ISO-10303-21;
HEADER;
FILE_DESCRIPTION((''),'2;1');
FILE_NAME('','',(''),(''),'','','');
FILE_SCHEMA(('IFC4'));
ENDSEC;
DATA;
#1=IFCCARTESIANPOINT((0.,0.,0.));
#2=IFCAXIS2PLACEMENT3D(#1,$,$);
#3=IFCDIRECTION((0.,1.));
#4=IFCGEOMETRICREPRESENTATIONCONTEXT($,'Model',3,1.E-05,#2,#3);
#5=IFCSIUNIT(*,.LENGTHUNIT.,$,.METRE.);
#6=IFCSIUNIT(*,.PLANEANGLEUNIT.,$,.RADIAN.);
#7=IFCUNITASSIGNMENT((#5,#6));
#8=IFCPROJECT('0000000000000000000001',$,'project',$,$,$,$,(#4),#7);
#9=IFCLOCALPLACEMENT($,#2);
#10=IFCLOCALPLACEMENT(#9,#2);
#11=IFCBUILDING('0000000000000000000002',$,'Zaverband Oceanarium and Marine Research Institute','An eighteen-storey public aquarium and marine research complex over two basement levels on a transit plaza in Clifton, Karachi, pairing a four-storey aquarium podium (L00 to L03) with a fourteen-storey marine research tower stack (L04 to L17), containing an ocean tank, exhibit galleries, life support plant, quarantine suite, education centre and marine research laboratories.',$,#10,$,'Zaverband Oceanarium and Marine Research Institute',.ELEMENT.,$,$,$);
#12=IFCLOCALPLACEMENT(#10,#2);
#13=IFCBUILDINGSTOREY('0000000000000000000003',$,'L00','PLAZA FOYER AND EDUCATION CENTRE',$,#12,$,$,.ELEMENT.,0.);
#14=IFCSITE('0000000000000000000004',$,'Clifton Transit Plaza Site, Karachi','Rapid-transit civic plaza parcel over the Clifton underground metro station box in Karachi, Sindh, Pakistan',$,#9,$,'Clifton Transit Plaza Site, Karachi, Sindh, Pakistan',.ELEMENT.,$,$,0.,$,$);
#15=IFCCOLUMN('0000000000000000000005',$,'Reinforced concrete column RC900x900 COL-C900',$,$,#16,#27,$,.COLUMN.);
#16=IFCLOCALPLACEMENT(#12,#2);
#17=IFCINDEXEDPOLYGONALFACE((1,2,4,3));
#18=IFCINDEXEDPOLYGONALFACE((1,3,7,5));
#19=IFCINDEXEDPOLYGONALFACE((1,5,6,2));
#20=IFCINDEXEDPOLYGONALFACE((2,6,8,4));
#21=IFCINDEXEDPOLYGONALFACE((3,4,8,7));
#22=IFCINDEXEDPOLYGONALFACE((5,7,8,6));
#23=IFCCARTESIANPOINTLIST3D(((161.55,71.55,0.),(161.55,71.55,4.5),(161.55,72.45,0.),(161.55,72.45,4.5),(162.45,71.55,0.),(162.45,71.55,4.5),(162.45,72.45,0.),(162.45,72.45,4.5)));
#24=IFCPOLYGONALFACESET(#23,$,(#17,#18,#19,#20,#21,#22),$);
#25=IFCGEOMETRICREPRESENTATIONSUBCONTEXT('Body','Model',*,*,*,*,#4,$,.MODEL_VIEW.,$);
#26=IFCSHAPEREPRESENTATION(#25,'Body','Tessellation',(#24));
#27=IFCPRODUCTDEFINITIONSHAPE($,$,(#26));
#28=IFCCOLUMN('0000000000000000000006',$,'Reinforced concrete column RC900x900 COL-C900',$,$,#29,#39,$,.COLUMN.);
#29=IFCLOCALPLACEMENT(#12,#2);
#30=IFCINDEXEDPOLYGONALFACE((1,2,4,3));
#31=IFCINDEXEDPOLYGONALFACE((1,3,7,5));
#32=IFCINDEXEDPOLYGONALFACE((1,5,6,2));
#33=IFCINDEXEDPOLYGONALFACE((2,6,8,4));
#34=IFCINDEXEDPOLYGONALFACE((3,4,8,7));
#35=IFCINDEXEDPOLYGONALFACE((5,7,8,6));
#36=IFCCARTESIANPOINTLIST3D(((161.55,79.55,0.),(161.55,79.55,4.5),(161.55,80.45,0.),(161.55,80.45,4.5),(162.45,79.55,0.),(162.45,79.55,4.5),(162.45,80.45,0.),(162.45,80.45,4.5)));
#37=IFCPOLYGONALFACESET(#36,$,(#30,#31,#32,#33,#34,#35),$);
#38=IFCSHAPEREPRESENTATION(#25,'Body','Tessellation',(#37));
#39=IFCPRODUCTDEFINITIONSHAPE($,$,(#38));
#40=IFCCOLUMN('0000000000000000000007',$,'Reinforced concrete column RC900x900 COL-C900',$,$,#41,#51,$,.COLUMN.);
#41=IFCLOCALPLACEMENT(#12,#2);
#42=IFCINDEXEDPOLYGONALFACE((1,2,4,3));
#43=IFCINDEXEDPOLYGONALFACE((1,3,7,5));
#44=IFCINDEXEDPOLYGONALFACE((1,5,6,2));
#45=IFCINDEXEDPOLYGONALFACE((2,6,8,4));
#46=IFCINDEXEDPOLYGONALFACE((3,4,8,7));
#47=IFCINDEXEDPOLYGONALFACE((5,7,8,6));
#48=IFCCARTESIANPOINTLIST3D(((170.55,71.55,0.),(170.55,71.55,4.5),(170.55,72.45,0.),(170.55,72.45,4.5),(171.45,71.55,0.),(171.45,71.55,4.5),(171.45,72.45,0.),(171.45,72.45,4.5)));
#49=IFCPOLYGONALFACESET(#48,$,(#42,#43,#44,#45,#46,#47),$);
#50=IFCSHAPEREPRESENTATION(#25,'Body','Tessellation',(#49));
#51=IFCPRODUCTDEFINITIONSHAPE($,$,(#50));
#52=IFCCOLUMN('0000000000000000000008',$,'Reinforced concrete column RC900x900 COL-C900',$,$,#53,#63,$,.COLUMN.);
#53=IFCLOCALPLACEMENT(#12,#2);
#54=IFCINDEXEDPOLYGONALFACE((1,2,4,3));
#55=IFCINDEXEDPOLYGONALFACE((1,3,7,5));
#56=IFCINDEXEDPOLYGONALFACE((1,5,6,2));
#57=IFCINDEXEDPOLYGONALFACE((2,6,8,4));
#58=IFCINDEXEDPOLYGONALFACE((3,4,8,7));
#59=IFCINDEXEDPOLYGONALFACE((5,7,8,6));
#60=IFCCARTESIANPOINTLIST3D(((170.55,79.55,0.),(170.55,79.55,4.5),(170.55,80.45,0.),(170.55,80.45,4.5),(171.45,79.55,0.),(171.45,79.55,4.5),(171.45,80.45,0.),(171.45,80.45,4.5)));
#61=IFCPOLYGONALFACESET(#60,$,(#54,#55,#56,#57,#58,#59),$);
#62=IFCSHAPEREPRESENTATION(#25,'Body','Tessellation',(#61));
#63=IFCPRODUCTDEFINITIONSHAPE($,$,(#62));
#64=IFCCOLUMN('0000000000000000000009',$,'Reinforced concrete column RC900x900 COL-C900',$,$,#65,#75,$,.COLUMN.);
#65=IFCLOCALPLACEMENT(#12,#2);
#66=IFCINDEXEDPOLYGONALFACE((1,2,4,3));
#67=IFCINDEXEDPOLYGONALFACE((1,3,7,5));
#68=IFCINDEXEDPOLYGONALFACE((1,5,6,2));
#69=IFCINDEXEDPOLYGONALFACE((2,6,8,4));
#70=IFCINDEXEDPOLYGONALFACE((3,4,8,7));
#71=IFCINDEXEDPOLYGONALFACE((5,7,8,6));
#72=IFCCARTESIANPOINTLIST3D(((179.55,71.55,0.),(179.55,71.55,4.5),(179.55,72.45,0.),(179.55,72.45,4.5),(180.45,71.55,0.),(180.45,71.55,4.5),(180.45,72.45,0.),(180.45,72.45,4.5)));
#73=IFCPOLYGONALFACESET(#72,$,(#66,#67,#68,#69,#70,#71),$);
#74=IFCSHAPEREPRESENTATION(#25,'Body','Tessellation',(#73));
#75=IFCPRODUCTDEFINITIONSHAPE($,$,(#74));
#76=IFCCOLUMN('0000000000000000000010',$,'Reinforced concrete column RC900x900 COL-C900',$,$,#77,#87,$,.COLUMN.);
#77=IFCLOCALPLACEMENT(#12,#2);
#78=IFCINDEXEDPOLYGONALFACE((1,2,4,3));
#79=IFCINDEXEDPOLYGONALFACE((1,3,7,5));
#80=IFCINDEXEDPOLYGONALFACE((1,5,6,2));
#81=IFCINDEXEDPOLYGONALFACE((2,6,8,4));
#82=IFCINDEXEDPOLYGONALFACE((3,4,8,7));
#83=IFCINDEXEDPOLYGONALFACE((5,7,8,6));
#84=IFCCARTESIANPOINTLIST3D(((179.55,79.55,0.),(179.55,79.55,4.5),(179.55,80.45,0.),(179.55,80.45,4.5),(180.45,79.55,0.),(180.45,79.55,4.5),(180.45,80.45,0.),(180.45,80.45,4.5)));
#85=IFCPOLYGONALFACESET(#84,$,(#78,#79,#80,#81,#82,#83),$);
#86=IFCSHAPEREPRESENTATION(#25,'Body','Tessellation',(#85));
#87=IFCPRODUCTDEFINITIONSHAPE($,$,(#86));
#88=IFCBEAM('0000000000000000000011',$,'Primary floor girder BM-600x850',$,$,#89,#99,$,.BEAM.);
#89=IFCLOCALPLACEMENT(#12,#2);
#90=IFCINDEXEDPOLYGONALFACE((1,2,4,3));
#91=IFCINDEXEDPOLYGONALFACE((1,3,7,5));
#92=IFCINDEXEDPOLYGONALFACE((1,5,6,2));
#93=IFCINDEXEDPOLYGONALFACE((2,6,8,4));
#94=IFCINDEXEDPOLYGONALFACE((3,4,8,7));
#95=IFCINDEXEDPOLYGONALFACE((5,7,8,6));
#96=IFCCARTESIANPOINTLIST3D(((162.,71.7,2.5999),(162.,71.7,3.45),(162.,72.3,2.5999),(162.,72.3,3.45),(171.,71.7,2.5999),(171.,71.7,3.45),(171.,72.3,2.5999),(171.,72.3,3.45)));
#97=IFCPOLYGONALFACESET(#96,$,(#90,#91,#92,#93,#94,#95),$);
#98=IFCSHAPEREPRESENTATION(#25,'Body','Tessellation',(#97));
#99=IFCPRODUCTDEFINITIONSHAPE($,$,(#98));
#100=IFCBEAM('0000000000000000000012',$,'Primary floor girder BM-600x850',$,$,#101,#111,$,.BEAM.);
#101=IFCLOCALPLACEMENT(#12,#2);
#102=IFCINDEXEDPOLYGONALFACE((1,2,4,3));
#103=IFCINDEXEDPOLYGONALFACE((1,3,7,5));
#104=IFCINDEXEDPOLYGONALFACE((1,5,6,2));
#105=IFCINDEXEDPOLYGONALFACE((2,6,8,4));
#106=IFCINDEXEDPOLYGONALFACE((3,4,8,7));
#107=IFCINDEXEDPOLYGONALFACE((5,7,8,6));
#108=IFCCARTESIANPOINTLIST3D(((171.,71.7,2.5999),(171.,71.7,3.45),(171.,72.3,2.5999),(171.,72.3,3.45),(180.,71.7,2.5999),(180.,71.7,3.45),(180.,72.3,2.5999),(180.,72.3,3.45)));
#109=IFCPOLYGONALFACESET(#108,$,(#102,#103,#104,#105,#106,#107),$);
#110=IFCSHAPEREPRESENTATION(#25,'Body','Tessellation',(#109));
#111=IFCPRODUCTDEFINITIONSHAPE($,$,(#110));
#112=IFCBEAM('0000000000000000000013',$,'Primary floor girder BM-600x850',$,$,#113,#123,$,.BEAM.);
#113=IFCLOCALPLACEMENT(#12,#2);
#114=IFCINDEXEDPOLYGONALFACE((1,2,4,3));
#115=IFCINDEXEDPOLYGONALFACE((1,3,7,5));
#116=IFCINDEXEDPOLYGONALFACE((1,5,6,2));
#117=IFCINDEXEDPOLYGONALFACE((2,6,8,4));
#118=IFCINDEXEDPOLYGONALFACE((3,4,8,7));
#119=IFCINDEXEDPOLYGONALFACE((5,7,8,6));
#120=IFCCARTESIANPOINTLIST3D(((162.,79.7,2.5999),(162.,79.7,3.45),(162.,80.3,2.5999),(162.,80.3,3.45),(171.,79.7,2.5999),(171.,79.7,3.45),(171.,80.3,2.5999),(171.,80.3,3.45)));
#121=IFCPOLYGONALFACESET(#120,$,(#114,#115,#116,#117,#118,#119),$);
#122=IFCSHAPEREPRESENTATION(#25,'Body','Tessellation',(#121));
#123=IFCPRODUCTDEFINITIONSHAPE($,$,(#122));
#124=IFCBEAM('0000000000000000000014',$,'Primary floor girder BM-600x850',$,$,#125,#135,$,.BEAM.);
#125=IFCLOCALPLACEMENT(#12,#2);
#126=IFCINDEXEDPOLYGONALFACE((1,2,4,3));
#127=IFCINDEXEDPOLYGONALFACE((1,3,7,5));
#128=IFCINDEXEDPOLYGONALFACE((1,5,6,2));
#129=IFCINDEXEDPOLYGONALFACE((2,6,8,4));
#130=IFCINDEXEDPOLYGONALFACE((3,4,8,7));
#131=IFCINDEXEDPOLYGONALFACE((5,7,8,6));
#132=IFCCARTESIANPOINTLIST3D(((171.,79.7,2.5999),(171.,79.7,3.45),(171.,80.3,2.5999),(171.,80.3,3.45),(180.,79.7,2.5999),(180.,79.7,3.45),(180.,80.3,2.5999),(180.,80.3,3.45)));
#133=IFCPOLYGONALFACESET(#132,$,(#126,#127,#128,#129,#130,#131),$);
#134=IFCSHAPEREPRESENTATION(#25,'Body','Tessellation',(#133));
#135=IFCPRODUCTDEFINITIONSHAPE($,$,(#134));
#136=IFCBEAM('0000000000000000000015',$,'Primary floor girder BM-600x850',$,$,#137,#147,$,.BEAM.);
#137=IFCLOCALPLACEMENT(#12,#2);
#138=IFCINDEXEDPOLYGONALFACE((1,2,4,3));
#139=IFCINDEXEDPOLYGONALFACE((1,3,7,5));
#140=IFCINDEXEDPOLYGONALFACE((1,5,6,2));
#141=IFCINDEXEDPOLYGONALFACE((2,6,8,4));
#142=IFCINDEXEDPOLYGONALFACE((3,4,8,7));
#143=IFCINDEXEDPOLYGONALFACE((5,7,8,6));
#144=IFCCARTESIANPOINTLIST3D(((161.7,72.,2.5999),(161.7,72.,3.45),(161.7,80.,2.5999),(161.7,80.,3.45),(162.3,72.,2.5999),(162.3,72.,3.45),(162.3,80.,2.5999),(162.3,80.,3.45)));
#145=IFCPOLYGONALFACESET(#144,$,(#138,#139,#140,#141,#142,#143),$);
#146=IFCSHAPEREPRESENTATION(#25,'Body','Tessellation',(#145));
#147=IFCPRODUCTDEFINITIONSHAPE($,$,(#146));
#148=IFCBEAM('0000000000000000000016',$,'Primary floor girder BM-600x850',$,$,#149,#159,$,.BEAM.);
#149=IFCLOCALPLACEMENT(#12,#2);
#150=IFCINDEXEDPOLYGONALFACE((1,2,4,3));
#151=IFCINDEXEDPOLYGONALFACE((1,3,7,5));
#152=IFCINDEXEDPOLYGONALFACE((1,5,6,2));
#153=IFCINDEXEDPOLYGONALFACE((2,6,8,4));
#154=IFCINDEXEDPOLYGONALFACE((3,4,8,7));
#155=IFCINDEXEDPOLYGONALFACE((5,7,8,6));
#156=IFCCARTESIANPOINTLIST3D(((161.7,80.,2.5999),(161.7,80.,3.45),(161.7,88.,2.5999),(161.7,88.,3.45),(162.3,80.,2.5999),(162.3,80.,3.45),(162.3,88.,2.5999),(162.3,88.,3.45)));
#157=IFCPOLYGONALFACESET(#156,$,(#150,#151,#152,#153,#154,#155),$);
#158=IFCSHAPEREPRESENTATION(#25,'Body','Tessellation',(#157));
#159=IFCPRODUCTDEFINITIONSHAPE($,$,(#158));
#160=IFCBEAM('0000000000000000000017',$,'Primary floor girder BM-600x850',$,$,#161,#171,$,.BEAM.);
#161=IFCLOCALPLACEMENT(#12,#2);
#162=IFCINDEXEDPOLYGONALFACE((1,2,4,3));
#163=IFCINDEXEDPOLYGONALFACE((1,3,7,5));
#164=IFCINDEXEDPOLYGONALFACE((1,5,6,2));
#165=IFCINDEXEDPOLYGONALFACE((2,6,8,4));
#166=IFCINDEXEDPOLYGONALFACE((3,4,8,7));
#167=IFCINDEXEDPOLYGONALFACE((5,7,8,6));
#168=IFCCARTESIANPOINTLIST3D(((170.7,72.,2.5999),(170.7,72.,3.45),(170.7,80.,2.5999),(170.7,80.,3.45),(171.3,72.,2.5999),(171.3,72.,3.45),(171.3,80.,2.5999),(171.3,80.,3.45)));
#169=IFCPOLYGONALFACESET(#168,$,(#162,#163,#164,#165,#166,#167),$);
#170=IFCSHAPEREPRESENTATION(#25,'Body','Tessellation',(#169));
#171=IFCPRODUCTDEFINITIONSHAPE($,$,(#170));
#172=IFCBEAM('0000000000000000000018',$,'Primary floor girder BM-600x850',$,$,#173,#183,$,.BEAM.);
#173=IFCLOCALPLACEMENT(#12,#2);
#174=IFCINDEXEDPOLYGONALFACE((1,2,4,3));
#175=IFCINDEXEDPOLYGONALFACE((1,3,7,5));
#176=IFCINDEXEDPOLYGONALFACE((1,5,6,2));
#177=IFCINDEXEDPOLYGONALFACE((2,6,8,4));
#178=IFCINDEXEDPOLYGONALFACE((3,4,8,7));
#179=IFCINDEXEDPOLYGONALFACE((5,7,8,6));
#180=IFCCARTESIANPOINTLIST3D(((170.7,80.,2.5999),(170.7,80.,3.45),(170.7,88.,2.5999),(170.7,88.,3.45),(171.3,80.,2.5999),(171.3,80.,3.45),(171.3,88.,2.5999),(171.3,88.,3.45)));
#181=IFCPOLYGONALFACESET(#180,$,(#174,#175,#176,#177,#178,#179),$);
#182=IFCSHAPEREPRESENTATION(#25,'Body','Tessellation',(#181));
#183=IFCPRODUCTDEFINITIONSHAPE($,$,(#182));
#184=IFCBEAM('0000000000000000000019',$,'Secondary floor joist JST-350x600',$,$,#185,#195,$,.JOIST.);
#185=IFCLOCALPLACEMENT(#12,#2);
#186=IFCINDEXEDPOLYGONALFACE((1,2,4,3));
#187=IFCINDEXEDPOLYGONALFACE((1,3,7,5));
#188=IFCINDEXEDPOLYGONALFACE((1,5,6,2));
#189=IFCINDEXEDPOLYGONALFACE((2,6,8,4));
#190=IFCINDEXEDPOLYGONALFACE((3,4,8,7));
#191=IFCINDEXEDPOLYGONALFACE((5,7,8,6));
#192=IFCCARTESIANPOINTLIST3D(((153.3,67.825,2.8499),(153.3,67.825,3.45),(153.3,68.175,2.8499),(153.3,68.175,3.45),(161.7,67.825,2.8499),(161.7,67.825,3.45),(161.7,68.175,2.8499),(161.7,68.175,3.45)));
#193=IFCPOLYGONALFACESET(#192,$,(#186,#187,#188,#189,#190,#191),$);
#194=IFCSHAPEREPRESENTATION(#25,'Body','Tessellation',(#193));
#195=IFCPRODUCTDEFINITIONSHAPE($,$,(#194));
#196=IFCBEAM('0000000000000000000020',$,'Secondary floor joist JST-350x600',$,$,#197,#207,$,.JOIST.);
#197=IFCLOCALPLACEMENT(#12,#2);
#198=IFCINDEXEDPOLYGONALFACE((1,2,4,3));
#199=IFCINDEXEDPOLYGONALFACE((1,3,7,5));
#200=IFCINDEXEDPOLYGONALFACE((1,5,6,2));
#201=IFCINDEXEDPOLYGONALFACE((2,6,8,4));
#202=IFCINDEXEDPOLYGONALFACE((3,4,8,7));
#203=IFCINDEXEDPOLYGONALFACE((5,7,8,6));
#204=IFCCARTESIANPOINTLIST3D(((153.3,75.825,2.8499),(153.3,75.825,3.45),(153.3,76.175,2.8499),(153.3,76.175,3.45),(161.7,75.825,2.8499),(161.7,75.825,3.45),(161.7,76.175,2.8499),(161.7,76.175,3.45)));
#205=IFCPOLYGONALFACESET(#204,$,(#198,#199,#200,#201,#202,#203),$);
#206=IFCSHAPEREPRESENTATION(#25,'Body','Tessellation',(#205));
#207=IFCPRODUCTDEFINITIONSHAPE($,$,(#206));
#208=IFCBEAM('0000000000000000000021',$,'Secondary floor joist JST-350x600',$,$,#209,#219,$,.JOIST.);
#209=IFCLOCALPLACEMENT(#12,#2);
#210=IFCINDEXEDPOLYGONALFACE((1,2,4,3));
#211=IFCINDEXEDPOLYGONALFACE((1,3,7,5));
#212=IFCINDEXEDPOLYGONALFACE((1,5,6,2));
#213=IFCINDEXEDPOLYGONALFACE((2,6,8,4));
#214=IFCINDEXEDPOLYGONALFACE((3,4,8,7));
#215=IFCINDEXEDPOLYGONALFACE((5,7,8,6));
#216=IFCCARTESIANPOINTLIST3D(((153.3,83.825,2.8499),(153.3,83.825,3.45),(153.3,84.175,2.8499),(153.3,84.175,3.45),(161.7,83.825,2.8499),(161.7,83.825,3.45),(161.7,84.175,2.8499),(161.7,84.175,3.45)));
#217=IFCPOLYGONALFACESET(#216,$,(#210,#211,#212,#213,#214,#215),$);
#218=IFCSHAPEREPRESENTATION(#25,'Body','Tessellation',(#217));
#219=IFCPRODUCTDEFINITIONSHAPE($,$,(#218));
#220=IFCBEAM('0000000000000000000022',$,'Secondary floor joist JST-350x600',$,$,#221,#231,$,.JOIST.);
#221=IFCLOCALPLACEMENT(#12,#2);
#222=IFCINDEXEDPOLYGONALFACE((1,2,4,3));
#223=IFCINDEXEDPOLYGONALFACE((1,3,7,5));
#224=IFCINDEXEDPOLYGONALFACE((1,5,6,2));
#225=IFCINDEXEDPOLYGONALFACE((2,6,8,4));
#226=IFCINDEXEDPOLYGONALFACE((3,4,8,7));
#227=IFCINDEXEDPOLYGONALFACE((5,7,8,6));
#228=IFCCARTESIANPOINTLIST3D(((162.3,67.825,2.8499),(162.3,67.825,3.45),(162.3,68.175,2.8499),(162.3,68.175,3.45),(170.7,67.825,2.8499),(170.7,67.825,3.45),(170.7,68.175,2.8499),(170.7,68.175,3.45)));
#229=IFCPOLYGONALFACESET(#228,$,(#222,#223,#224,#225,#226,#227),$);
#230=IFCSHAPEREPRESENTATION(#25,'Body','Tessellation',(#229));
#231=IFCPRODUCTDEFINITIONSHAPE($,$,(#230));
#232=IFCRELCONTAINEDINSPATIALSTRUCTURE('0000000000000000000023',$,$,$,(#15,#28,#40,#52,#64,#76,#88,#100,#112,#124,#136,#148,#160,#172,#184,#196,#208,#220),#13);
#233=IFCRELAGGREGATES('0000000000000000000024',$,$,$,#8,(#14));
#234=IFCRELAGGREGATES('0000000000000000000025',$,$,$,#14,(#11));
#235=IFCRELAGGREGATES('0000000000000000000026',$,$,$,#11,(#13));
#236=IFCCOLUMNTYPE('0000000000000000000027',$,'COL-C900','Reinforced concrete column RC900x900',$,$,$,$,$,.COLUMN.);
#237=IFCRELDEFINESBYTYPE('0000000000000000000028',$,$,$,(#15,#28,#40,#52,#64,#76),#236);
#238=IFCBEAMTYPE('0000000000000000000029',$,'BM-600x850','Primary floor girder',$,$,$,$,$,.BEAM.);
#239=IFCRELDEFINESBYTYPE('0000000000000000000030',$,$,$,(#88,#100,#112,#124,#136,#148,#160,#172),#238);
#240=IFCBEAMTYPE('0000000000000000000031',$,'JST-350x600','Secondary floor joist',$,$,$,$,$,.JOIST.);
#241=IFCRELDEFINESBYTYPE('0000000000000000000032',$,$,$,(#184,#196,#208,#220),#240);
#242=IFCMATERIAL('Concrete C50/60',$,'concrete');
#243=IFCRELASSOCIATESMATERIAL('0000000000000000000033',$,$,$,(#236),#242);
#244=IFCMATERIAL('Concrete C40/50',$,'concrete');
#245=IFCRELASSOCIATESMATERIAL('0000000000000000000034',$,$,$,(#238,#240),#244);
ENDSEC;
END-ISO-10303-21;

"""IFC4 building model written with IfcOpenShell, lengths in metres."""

from ifc_helpers import new_model, si_unit, direction, frame, origin, origin_2d, place, context, subcontext, project, spatial, rectangle, extrude, material, material_profile, profile_set, type_object, element, save


model = new_model("IFC4")

# Units and contexts
model_context = context("Model", 3, precision=1e-05, world=origin(), true_north=direction((0.0, 1.0)))
body_context = subcontext(model_context, "Body", "Model", "MODEL_VIEW")
ifc_project = project(units=[si_unit("LENGTHUNIT", "METRE"), si_unit("PLANEANGLEUNIT", "RADIAN")], contexts=[model_context])

# Site, building, storey
site_placement = place(None, origin())
site = spatial("IfcSite", under=ifc_project, at=site_placement, Name="Clifton Transit Plaza Site, Karachi", Description="Rapid-transit civic plaza parcel over the Clifton underground metro station box in Karachi, Sindh, Pakistan", LongName="Clifton Transit Plaza Site, Karachi, Sindh, Pakistan", CompositionType="ELEMENT", RefElevation=0.0)
building_placement = place(site_placement, origin())
building = spatial("IfcBuilding", under=site, at=building_placement, Name="Zaverband Oceanarium and Marine Research Institute", Description="An eighteen-storey public aquarium and marine research complex over two basement levels on a transit plaza in Clifton, Karachi, pairing a four-storey aquarium podium (L00 to L03) with a fourteen-storey marine research tower stack (L04 to L17), containing an ocean tank, exhibit galleries, life support plant, quarantine suite, education centre and marine research laboratories.", LongName="Zaverband Oceanarium and Marine Research Institute", CompositionType="ELEMENT")
storey_placement = place(building_placement, origin())
storey = spatial("IfcBuildingStorey", under=building, at=storey_placement, Name="L00", Description="PLAZA FOYER AND EDUCATION CENTRE", CompositionType="ELEMENT", Elevation=0.0)

# Columns
ifc_material_1 = material(Name="Concrete C50/60", Category="concrete")
ifc_material_profile_1 = material_profile(ifc_material_1, rectangle(XDim=0.8999, YDim=0.8999, at=origin_2d()), Name="RC900x900")
ifc_profile_set_1 = profile_set([ifc_material_profile_1], Name="Concrete C50/60")
column_type = type_object("IfcColumnType", Name="COL-C900", Description="Reinforced concrete column RC900x900", PredefinedType="COLUMN", material=ifc_profile_set_1)
for number, where, z_axis, x_axis, name in (
    (1, (162.0, 72.0, 0.0), (0.0, 0.0, 1.0), (1.0, 0.0, 0.0), "Reinforced concrete column RC900x900 COL-C900"),
    (2, (162.0, 80.0, 0.0), (0.0, 0.0, 1.0), (1.0, 0.0, 0.0), "Reinforced concrete column RC900x900 COL-C900"),
    (3, (171.0, 72.0, 0.0), (0.0, 0.0, 1.0), (1.0, 0.0, 0.0), "Reinforced concrete column RC900x900 COL-C900"),
    (4, (171.0, 80.0, 0.0), (0.0, 0.0, 1.0), (1.0, 0.0, 0.0), "Reinforced concrete column RC900x900 COL-C900"),
    (5, (180.0, 72.0, 0.0), (0.0, 0.0, 1.0), (1.0, 0.0, 0.0), "Reinforced concrete column RC900x900 COL-C900"),
    (6, (180.0, 80.0, 0.0), (0.0, 0.0, 1.0), (1.0, 0.0, 0.0), "Reinforced concrete column RC900x900 COL-C900"),
):
    element("IfcColumn", number, at=place(storey_placement, frame(where, z_axis=z_axis, x_axis=x_axis)), inside=storey, type_object=column_type, Name=name, PredefinedType="COLUMN", context=body_context, shape_type="SweptSolid", body=[
        extrude(rectangle(XDim=0.8999, YDim=0.8999, at=origin_2d()), origin(), (0.0, 0.0, 1.0), 4.5),
    ])

# Beams
ifc_material_2 = material(Name="Concrete C40/50", Category="concrete")
ifc_material_profile_2 = material_profile(ifc_material_2, rectangle(XDim=0.6001, YDim=0.8501, at=origin_2d()), Name="RC600x850")
ifc_profile_set_2 = profile_set([ifc_material_profile_2], Name="Concrete C40/50")
beam_type_1 = type_object("IfcBeamType", Name="BM-600x850", Description="Primary floor girder", PredefinedType="BEAM", material=ifc_profile_set_2)
for number, where, z_axis, x_axis, name in (
    (7, (162.0, 72.0, 3.0249), (1.0, 0.0, 0.0), (0.0, 1.0, 0.0), "Primary floor girder BM-600x850"),
    (8, (171.0, 72.0, 3.0249), (1.0, 0.0, 0.0), (0.0, 1.0, 0.0), "Primary floor girder BM-600x850"),
    (9, (162.0, 80.0, 3.0249), (1.0, 0.0, 0.0), (0.0, 1.0, 0.0), "Primary floor girder BM-600x850"),
    (10, (171.0, 80.0, 3.0249), (1.0, 0.0, 0.0), (0.0, 1.0, 0.0), "Primary floor girder BM-600x850"),
):
    element("IfcBeam", number, at=place(storey_placement, frame(where, z_axis=z_axis, x_axis=x_axis)), inside=storey, type_object=beam_type_1, Name=name, PredefinedType="BEAM", context=body_context, shape_type="SweptSolid", body=[
        extrude(rectangle(XDim=0.6001, YDim=0.8501, at=origin_2d()), origin(), (0.0, 0.0, 1.0), 9.0),
    ])
for number, where, z_axis, x_axis, name in (
    (11, (162.0, 72.0, 3.0249), (0.0, 1.0, 0.0), (-1.0, 0.0, 0.0), "Primary floor girder BM-600x850"),
    (12, (162.0, 80.0, 3.0249), (0.0, 1.0, 0.0), (-1.0, 0.0, 0.0), "Primary floor girder BM-600x850"),
    (13, (171.0, 72.0, 3.0249), (0.0, 1.0, 0.0), (-1.0, 0.0, 0.0), "Primary floor girder BM-600x850"),
    (14, (171.0, 80.0, 3.0249), (0.0, 1.0, 0.0), (-1.0, 0.0, 0.0), "Primary floor girder BM-600x850"),
):
    element("IfcBeam", number, at=place(storey_placement, frame(where, z_axis=z_axis, x_axis=x_axis)), inside=storey, type_object=beam_type_1, Name=name, PredefinedType="BEAM", context=body_context, shape_type="SweptSolid", body=[
        extrude(rectangle(XDim=0.6001, YDim=0.8501, at=origin_2d()), origin(), (0.0, 0.0, 1.0), 8.0),
    ])
ifc_material_profile_3 = material_profile(ifc_material_2, rectangle(XDim=0.3501, YDim=0.6001, at=origin_2d()), Name="RC350x600")
ifc_profile_set_3 = profile_set([ifc_material_profile_3], Name="Concrete C40/50")
beam_type_2 = type_object("IfcBeamType", Name="JST-350x600", Description="Secondary floor joist", PredefinedType="JOIST", material=ifc_profile_set_3)
for number, where, z_axis, x_axis, name in (
    (15, (153.3, 68.0, 3.1499), (1.0, 0.0, 0.0), (0.0, 1.0, 0.0), "Secondary floor joist JST-350x600"),
    (16, (153.3, 76.0, 3.1499), (1.0, 0.0, 0.0), (0.0, 1.0, 0.0), "Secondary floor joist JST-350x600"),
    (17, (153.3, 84.0, 3.1499), (1.0, 0.0, 0.0), (0.0, 1.0, 0.0), "Secondary floor joist JST-350x600"),
    (18, (162.3, 68.0, 3.1499), (1.0, 0.0, 0.0), (0.0, 1.0, 0.0), "Secondary floor joist JST-350x600"),
):
    element("IfcBeam", number, at=place(storey_placement, frame(where, z_axis=z_axis, x_axis=x_axis)), inside=storey, type_object=beam_type_2, Name=name, PredefinedType="JOIST", context=body_context, shape_type="SweptSolid", body=[
        extrude(rectangle(XDim=0.3501, YDim=0.6001, at=origin_2d()), origin(), (0.0, 0.0, 1.0), 8.3999),
    ])

save(model, "model.ifc")
